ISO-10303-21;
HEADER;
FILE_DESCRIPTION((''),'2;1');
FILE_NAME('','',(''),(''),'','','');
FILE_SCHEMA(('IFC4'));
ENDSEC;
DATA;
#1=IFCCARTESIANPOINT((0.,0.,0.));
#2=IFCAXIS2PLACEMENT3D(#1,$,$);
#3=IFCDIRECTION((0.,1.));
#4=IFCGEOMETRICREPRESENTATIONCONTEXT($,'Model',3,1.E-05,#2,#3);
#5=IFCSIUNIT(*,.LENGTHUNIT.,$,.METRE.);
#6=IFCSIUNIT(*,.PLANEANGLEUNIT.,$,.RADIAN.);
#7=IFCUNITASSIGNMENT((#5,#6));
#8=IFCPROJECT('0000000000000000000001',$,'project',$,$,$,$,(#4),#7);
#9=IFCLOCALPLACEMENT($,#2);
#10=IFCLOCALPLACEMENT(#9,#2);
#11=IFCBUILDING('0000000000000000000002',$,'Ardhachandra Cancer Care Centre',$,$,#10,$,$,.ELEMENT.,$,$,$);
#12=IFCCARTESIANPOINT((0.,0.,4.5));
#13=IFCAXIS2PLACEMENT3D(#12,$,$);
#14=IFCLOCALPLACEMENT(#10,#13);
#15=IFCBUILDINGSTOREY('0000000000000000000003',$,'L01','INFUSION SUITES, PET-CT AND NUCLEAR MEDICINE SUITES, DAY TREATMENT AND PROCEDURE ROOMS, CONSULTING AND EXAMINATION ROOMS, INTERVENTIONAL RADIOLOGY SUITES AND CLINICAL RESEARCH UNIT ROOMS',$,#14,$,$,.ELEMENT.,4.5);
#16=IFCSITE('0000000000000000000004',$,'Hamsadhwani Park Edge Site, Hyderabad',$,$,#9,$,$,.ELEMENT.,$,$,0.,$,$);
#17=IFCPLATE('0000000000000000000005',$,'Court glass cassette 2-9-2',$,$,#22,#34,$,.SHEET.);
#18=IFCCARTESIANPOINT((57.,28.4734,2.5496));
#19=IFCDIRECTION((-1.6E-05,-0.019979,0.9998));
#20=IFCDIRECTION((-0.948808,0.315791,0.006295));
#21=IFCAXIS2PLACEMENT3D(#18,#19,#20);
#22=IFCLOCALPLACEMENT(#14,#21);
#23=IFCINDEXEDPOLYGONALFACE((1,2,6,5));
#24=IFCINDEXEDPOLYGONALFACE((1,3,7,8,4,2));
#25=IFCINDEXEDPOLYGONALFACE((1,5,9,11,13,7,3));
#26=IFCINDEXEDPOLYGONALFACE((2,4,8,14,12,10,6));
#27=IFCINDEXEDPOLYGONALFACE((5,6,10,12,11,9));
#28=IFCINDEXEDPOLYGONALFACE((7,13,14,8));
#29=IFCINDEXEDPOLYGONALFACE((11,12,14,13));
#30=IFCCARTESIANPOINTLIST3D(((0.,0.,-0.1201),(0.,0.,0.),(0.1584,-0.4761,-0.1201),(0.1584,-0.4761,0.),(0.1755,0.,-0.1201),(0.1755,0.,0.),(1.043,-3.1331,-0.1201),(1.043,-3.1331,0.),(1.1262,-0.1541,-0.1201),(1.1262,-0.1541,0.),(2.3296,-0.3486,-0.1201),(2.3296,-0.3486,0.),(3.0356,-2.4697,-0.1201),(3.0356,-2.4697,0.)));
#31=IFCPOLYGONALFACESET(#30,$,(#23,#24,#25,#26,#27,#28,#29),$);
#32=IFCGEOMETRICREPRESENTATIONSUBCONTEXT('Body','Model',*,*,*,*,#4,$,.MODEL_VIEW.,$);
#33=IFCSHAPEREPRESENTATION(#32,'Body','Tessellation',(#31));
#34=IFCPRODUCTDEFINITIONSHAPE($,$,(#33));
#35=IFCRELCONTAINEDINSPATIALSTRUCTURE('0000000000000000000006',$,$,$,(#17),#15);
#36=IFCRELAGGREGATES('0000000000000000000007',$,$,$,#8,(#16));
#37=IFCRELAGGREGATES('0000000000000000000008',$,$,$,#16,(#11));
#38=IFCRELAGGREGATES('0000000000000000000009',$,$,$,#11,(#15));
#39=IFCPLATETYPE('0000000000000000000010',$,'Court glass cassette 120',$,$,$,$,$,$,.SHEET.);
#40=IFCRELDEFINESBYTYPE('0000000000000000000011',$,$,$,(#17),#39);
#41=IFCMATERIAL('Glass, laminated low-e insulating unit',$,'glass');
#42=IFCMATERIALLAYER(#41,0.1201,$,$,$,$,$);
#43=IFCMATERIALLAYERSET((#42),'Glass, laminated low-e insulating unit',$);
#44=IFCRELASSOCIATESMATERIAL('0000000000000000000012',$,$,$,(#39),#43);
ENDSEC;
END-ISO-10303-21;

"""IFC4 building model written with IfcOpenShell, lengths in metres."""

from ifc_helpers import new_model, si_unit, direction, frame, origin, place, context, subcontext, project, spatial, polyline, outline, extrude, material, layer, layer_set, type_object, element, save


model = new_model("IFC4")

# Units and contexts
model_context = context("Model", 3, precision=1e-05, world=origin(), true_north=direction((0.0, 1.0)))
body_context = subcontext(model_context, "Body", "Model", "MODEL_VIEW")
ifc_project = project(units=[si_unit("LENGTHUNIT", "METRE"), si_unit("PLANEANGLEUNIT", "RADIAN")], contexts=[model_context])

# Site, building, storey
site_placement = place(None, origin())
site = spatial("IfcSite", under=ifc_project, at=site_placement, Name="Hamsadhwani Park Edge Site, Hyderabad", CompositionType="ELEMENT", RefElevation=0.0)
building_placement = place(site_placement, origin())
building = spatial("IfcBuilding", under=site, at=building_placement, Name="Ardhachandra Cancer Care Centre", CompositionType="ELEMENT")
storey_placement = place(building_placement, frame((0.0, 0.0, 4.5)))
storey = spatial("IfcBuildingStorey", under=building, at=storey_placement, Name="L01", Description="INFUSION SUITES, PET-CT AND NUCLEAR MEDICINE SUITES, DAY TREATMENT AND PROCEDURE ROOMS, CONSULTING AND EXAMINATION ROOMS, INTERVENTIONAL RADIOLOGY SUITES AND CLINICAL RESEARCH UNIT ROOMS", CompositionType="ELEMENT", Elevation=4.5)

# Plate
ifc_material_1 = material(Name="Glass, laminated low-e insulating unit", Category="glass")
ifc_layer = layer(ifc_material_1, 0.1201)
ifc_layer_set = layer_set([ifc_layer], Name="Glass, laminated low-e insulating unit")
plate_type = type_object("IfcPlateType", Name="Court glass cassette 120", PredefinedType="SHEET", material=ifc_layer_set)
plate_1_placement = place(storey_placement, frame((57.0, 28.4734, 2.5496), z_axis=(-0.000016, -0.019979, 0.9998), x_axis=(-0.948808, 0.315791, 0.006295)))
element("IfcPlate", 1, at=plate_1_placement, inside=storey, type_object=plate_type, Name="Court glass cassette 2-9-2", PredefinedType="SHEET", context=body_context, shape_type="SweptSolid", body=[
    extrude(outline(polyline([(0.1584, -0.4761), (1.043, -3.1331), (3.0356, -2.4697), (2.3296, -0.3486), (1.1262, -0.1541), (0.1755, 0.0), (0.0, 0.0), (0.1584, -0.4761)])), frame((0.0, 0.0, -0.1201)), (0.0, 0.0, 1.0), 0.1201),
])

save(model, "model.ifc")
